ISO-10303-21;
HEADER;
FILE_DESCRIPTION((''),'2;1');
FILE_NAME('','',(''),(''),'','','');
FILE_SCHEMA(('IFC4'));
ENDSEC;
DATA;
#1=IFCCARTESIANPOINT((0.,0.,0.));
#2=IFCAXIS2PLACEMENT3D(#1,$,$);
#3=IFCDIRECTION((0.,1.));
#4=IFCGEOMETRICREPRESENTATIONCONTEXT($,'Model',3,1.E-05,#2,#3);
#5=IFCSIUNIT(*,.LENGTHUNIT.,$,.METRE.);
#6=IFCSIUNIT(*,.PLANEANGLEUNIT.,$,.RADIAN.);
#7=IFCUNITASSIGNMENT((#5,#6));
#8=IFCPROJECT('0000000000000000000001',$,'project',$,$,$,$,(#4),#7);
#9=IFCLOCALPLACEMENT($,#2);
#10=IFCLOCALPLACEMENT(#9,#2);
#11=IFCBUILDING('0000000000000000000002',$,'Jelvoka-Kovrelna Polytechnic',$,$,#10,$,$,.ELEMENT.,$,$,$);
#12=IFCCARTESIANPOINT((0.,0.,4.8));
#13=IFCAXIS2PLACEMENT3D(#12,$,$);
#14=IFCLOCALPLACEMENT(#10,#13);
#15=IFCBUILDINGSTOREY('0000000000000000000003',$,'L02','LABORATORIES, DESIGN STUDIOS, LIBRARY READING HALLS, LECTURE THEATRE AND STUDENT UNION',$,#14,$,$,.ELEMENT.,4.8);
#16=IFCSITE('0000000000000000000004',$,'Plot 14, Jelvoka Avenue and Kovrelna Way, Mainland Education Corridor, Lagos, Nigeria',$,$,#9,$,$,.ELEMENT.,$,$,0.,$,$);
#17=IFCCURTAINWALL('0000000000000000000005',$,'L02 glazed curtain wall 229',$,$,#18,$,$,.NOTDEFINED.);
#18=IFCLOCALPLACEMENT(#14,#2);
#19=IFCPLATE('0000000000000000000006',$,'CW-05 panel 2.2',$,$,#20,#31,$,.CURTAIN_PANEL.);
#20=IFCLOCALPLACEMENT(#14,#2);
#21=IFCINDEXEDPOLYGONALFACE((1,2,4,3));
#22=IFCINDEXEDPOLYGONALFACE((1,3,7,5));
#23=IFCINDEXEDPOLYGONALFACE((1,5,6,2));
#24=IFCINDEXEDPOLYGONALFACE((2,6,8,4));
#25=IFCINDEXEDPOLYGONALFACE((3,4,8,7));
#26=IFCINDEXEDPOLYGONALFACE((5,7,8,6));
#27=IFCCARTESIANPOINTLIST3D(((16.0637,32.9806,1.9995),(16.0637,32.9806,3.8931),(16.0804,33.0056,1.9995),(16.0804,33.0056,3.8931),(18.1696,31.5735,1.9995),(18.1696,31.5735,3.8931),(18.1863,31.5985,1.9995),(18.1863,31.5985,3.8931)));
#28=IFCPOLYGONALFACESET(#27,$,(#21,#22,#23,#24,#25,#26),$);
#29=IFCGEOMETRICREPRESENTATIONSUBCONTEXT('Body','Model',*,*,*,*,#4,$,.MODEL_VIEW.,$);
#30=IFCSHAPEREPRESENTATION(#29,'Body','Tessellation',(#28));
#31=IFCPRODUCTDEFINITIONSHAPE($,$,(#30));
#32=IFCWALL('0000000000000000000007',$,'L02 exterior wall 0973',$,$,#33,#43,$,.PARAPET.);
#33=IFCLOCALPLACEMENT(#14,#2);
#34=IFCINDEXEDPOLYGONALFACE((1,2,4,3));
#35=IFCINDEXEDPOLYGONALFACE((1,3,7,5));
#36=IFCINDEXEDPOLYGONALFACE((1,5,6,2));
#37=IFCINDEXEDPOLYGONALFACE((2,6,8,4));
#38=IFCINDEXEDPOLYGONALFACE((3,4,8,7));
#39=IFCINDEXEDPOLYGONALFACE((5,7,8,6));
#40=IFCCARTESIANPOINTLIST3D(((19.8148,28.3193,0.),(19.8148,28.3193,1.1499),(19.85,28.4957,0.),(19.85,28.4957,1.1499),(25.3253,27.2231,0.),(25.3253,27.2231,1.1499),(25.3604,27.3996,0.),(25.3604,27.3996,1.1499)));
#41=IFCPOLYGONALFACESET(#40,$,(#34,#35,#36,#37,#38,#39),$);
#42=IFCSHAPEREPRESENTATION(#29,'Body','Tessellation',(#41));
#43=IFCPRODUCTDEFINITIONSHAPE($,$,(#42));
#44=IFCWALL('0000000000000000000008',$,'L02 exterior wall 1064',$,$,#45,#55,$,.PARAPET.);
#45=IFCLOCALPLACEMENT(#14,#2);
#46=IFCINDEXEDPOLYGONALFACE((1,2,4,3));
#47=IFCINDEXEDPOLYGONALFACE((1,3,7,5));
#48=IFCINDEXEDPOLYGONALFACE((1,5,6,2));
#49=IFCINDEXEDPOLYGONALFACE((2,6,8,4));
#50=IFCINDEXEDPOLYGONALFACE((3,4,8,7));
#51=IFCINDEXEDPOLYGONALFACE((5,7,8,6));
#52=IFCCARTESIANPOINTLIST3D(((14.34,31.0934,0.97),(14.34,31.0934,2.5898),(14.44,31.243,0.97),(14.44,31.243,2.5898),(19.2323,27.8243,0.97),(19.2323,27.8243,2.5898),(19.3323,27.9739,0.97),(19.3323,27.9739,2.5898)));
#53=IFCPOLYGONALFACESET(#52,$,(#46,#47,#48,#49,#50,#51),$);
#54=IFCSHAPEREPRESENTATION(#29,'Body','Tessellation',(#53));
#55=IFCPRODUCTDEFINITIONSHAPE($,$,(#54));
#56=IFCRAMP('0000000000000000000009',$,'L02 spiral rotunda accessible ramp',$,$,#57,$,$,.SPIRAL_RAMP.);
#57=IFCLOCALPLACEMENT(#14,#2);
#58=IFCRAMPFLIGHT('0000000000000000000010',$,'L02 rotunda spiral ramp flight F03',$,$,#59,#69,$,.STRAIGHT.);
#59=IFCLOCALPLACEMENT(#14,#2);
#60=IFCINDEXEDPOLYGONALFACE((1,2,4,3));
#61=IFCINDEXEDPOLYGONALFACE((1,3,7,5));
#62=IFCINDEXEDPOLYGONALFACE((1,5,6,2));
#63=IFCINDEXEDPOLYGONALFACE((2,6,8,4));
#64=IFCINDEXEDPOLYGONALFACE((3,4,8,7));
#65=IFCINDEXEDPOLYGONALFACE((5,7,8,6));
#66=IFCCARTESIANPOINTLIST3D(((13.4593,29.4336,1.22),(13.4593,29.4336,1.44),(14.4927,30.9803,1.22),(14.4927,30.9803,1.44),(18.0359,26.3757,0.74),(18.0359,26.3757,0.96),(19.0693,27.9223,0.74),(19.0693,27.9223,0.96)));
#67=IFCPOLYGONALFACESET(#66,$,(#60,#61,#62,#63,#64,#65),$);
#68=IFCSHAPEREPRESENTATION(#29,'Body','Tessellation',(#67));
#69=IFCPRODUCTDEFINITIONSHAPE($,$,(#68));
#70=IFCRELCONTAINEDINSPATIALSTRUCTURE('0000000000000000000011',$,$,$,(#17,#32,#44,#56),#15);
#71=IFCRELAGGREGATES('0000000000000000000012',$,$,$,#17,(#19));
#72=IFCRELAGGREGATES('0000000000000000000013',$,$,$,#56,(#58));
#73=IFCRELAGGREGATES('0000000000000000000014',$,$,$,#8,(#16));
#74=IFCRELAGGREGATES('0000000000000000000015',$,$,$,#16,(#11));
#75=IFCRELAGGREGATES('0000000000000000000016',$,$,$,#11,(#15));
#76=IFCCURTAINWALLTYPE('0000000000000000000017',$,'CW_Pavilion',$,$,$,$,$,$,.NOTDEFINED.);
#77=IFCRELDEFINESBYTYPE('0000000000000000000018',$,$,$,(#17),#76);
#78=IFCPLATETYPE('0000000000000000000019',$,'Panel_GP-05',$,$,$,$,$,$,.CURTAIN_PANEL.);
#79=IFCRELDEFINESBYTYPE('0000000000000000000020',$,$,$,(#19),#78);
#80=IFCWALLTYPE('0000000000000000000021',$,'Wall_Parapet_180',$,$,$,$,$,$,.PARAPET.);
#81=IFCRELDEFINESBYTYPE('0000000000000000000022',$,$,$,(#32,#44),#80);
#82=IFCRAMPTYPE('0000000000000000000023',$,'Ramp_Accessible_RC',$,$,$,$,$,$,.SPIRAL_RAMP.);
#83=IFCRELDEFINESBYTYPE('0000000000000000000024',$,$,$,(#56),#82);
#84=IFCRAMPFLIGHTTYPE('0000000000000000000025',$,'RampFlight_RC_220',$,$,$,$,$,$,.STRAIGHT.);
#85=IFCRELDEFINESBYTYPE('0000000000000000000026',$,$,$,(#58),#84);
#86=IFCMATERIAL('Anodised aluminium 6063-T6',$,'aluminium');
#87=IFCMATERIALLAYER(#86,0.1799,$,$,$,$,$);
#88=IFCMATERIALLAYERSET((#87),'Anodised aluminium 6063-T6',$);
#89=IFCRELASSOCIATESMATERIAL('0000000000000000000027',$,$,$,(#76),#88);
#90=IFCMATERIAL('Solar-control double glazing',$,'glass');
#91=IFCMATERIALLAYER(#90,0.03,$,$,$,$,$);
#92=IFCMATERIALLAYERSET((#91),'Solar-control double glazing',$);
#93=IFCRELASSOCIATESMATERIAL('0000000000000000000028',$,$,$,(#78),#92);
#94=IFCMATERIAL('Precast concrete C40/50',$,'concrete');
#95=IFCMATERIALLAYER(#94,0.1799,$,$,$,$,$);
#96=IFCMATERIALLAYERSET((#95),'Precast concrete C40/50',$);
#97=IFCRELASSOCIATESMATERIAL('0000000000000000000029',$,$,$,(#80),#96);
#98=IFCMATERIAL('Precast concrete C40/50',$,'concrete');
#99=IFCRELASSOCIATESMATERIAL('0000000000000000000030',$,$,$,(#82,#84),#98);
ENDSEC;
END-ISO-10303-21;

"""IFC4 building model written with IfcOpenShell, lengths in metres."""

from ifc_helpers import new_model, si_unit, direction, frame, frame_2d, origin, origin_2d, place, context, subcontext, project, spatial, polyline, rectangle, outline, extrude, material, layer, layer_set, type_object, element, aggregate, save


model = new_model("IFC4")

# Units and contexts
model_context = context("Model", 3, precision=1e-05, world=origin(), true_north=direction((0.0, 1.0)))
body_context = subcontext(model_context, "Body", "Model", "MODEL_VIEW")
ifc_project = project(units=[si_unit("LENGTHUNIT", "METRE"), si_unit("PLANEANGLEUNIT", "RADIAN")], contexts=[model_context])

# Site, building, storey
site_placement = place(None, origin())
site = spatial("IfcSite", under=ifc_project, at=site_placement, Name="Plot 14, Jelvoka Avenue and Kovrelna Way, Mainland Education Corridor, Lagos, Nigeria", CompositionType="ELEMENT", RefElevation=0.0)
building_placement = place(site_placement, origin())
building = spatial("IfcBuilding", under=site, at=building_placement, Name="Jelvoka-Kovrelna Polytechnic", CompositionType="ELEMENT")
storey_placement = place(building_placement, frame((0.0, 0.0, 4.8)))
storey = spatial("IfcBuildingStorey", under=building, at=storey_placement, Name="L02", Description="LABORATORIES, DESIGN STUDIOS, LIBRARY READING HALLS, LECTURE THEATRE AND STUDENT UNION", CompositionType="ELEMENT", Elevation=4.8)

# Shared definitions
ifc_material_1 = material(Name="Anodised aluminium 6063-T6", Category="aluminium")
ifc_layer_1 = layer(ifc_material_1, 0.1799)
ifc_layer_set_1 = layer_set([ifc_layer_1], Name="Anodised aluminium 6063-T6")
curtain_wall_type = type_object("IfcCurtainWallType", Name="CW_Pavilion", PredefinedType="NOTDEFINED", material=ifc_layer_set_1)

# Curtain wall
curtain_wall_1_placement = place(storey_placement, origin())
curtain_wall_1 = element("IfcCurtainWall", 1, at=curtain_wall_1_placement, inside=storey, type_object=curtain_wall_type, Name="L02 glazed curtain wall 229", PredefinedType="NOTDEFINED")

# Plate
ifc_material_2 = material(Name="Solar-control double glazing", Category="glass")
ifc_layer_2 = layer(ifc_material_2, 0.03)
ifc_layer_set_2 = layer_set([ifc_layer_2], Name="Solar-control double glazing")
plate_type = type_object("IfcPlateType", Name="Panel_GP-05", PredefinedType="CURTAIN_PANEL", material=ifc_layer_set_2)
plate_1_placement = place(storey_placement, frame((17.125, 32.2896, 1.9995), z_axis=(0.0, 0.0, 1.0), x_axis=(-0.831461, 0.555583, 0.0)))
plate_1 = element("IfcPlate", 2, at=plate_1_placement, type_object=plate_type, Name="CW-05 panel 2.2", PredefinedType="CURTAIN_PANEL", context=body_context, shape_type="SweptSolid", body=[
    extrude(rectangle(XDim=2.5327, YDim=0.03, at=origin_2d()), origin(), (0.0, 0.0, 1.0), 1.8936),
])
aggregate(curtain_wall_1, [plate_1])

# Walls
ifc_material_3 = material(Name="Precast concrete C40/50", Category="concrete")
ifc_layer_3 = layer(ifc_material_3, 0.1799)
ifc_layer_set_3 = layer_set([ifc_layer_3], Name="Precast concrete C40/50")
wall_type = type_object("IfcWallType", Name="Wall_Parapet_180", PredefinedType="PARAPET", material=ifc_layer_set_3)
wall_1_placement = place(storey_placement, frame((19.8325, 28.4075, 0.0), z_axis=(0.0, 0.0, 1.0), x_axis=(0.980782, -0.195105, 0.0)))
element("IfcWall", 3, at=wall_1_placement, inside=storey, type_object=wall_type, Name="L02 exterior wall 0973", PredefinedType="PARAPET", context=body_context, shape_type="SweptSolid", body=[
    extrude(rectangle(XDim=5.6184, YDim=0.1799, at=frame_2d((2.8091, 0.0))), origin(), (0.0, 0.0, 1.0), 1.1499),
])
wall_2_placement = place(storey_placement, frame((19.2822, 27.8992, 0.97), z_axis=(0.0, 0.0, 1.0), x_axis=(-0.831463, 0.555581, 0.0)))
element("IfcWall", 4, at=wall_2_placement, inside=storey, type_object=wall_type, Name="L02 exterior wall 1064", PredefinedType="PARAPET", context=body_context, shape_type="SweptSolid", body=[
    extrude(rectangle(XDim=5.884, YDim=0.1799, at=frame_2d((2.9419, 0.0))), origin(), (0.0, 0.0, 1.0), 1.6199),
])

# Ramp, ramp flight
ifc_material_4 = material(Name="Precast concrete C40/50", Category="concrete")
ramp_type = type_object("IfcRampType", Name="Ramp_Accessible_RC", PredefinedType="SPIRAL_RAMP", material=ifc_material_4)
ramp_placement = place(storey_placement, origin())
ramp = element("IfcRamp", 5, at=ramp_placement, inside=storey, type_object=ramp_type, Name="L02 spiral rotunda accessible ramp", PredefinedType="SPIRAL_RAMP")
ramp_flight_type = type_object("IfcRampFlightType", Name="RampFlight_RC_220", PredefinedType="STRAIGHT", material=ifc_material_4)
ramp_flight_placement = place(None, frame((18.5525, 27.1489, 5.76), z_axis=(0.0, 0.0, 1.0), x_axis=(-0.831471, 0.555568, 0.0)))
ramp_flight = element("IfcRampFlight", 6, at=ramp_flight_placement, type_object=ramp_flight_type, Name="L02 rotunda spiral ramp flight F03", PredefinedType="STRAIGHT", context=body_context, shape_type="SweptSolid", body=[
    extrude(outline(polyline([(0.0, 0.0), (5.5042, 0.48), (5.5042, 0.26), (0.0, -0.22), (0.0, 0.0)])), frame((0.0, 0.9299, 0.0), z_axis=(0.0, -1.0, 0.0), x_axis=(1.0, 0.0, 0.0)), (0.0, 0.0, 1.0), 1.8601),
])
aggregate(ramp, [ramp_flight])

save(model, "model.ifc")
